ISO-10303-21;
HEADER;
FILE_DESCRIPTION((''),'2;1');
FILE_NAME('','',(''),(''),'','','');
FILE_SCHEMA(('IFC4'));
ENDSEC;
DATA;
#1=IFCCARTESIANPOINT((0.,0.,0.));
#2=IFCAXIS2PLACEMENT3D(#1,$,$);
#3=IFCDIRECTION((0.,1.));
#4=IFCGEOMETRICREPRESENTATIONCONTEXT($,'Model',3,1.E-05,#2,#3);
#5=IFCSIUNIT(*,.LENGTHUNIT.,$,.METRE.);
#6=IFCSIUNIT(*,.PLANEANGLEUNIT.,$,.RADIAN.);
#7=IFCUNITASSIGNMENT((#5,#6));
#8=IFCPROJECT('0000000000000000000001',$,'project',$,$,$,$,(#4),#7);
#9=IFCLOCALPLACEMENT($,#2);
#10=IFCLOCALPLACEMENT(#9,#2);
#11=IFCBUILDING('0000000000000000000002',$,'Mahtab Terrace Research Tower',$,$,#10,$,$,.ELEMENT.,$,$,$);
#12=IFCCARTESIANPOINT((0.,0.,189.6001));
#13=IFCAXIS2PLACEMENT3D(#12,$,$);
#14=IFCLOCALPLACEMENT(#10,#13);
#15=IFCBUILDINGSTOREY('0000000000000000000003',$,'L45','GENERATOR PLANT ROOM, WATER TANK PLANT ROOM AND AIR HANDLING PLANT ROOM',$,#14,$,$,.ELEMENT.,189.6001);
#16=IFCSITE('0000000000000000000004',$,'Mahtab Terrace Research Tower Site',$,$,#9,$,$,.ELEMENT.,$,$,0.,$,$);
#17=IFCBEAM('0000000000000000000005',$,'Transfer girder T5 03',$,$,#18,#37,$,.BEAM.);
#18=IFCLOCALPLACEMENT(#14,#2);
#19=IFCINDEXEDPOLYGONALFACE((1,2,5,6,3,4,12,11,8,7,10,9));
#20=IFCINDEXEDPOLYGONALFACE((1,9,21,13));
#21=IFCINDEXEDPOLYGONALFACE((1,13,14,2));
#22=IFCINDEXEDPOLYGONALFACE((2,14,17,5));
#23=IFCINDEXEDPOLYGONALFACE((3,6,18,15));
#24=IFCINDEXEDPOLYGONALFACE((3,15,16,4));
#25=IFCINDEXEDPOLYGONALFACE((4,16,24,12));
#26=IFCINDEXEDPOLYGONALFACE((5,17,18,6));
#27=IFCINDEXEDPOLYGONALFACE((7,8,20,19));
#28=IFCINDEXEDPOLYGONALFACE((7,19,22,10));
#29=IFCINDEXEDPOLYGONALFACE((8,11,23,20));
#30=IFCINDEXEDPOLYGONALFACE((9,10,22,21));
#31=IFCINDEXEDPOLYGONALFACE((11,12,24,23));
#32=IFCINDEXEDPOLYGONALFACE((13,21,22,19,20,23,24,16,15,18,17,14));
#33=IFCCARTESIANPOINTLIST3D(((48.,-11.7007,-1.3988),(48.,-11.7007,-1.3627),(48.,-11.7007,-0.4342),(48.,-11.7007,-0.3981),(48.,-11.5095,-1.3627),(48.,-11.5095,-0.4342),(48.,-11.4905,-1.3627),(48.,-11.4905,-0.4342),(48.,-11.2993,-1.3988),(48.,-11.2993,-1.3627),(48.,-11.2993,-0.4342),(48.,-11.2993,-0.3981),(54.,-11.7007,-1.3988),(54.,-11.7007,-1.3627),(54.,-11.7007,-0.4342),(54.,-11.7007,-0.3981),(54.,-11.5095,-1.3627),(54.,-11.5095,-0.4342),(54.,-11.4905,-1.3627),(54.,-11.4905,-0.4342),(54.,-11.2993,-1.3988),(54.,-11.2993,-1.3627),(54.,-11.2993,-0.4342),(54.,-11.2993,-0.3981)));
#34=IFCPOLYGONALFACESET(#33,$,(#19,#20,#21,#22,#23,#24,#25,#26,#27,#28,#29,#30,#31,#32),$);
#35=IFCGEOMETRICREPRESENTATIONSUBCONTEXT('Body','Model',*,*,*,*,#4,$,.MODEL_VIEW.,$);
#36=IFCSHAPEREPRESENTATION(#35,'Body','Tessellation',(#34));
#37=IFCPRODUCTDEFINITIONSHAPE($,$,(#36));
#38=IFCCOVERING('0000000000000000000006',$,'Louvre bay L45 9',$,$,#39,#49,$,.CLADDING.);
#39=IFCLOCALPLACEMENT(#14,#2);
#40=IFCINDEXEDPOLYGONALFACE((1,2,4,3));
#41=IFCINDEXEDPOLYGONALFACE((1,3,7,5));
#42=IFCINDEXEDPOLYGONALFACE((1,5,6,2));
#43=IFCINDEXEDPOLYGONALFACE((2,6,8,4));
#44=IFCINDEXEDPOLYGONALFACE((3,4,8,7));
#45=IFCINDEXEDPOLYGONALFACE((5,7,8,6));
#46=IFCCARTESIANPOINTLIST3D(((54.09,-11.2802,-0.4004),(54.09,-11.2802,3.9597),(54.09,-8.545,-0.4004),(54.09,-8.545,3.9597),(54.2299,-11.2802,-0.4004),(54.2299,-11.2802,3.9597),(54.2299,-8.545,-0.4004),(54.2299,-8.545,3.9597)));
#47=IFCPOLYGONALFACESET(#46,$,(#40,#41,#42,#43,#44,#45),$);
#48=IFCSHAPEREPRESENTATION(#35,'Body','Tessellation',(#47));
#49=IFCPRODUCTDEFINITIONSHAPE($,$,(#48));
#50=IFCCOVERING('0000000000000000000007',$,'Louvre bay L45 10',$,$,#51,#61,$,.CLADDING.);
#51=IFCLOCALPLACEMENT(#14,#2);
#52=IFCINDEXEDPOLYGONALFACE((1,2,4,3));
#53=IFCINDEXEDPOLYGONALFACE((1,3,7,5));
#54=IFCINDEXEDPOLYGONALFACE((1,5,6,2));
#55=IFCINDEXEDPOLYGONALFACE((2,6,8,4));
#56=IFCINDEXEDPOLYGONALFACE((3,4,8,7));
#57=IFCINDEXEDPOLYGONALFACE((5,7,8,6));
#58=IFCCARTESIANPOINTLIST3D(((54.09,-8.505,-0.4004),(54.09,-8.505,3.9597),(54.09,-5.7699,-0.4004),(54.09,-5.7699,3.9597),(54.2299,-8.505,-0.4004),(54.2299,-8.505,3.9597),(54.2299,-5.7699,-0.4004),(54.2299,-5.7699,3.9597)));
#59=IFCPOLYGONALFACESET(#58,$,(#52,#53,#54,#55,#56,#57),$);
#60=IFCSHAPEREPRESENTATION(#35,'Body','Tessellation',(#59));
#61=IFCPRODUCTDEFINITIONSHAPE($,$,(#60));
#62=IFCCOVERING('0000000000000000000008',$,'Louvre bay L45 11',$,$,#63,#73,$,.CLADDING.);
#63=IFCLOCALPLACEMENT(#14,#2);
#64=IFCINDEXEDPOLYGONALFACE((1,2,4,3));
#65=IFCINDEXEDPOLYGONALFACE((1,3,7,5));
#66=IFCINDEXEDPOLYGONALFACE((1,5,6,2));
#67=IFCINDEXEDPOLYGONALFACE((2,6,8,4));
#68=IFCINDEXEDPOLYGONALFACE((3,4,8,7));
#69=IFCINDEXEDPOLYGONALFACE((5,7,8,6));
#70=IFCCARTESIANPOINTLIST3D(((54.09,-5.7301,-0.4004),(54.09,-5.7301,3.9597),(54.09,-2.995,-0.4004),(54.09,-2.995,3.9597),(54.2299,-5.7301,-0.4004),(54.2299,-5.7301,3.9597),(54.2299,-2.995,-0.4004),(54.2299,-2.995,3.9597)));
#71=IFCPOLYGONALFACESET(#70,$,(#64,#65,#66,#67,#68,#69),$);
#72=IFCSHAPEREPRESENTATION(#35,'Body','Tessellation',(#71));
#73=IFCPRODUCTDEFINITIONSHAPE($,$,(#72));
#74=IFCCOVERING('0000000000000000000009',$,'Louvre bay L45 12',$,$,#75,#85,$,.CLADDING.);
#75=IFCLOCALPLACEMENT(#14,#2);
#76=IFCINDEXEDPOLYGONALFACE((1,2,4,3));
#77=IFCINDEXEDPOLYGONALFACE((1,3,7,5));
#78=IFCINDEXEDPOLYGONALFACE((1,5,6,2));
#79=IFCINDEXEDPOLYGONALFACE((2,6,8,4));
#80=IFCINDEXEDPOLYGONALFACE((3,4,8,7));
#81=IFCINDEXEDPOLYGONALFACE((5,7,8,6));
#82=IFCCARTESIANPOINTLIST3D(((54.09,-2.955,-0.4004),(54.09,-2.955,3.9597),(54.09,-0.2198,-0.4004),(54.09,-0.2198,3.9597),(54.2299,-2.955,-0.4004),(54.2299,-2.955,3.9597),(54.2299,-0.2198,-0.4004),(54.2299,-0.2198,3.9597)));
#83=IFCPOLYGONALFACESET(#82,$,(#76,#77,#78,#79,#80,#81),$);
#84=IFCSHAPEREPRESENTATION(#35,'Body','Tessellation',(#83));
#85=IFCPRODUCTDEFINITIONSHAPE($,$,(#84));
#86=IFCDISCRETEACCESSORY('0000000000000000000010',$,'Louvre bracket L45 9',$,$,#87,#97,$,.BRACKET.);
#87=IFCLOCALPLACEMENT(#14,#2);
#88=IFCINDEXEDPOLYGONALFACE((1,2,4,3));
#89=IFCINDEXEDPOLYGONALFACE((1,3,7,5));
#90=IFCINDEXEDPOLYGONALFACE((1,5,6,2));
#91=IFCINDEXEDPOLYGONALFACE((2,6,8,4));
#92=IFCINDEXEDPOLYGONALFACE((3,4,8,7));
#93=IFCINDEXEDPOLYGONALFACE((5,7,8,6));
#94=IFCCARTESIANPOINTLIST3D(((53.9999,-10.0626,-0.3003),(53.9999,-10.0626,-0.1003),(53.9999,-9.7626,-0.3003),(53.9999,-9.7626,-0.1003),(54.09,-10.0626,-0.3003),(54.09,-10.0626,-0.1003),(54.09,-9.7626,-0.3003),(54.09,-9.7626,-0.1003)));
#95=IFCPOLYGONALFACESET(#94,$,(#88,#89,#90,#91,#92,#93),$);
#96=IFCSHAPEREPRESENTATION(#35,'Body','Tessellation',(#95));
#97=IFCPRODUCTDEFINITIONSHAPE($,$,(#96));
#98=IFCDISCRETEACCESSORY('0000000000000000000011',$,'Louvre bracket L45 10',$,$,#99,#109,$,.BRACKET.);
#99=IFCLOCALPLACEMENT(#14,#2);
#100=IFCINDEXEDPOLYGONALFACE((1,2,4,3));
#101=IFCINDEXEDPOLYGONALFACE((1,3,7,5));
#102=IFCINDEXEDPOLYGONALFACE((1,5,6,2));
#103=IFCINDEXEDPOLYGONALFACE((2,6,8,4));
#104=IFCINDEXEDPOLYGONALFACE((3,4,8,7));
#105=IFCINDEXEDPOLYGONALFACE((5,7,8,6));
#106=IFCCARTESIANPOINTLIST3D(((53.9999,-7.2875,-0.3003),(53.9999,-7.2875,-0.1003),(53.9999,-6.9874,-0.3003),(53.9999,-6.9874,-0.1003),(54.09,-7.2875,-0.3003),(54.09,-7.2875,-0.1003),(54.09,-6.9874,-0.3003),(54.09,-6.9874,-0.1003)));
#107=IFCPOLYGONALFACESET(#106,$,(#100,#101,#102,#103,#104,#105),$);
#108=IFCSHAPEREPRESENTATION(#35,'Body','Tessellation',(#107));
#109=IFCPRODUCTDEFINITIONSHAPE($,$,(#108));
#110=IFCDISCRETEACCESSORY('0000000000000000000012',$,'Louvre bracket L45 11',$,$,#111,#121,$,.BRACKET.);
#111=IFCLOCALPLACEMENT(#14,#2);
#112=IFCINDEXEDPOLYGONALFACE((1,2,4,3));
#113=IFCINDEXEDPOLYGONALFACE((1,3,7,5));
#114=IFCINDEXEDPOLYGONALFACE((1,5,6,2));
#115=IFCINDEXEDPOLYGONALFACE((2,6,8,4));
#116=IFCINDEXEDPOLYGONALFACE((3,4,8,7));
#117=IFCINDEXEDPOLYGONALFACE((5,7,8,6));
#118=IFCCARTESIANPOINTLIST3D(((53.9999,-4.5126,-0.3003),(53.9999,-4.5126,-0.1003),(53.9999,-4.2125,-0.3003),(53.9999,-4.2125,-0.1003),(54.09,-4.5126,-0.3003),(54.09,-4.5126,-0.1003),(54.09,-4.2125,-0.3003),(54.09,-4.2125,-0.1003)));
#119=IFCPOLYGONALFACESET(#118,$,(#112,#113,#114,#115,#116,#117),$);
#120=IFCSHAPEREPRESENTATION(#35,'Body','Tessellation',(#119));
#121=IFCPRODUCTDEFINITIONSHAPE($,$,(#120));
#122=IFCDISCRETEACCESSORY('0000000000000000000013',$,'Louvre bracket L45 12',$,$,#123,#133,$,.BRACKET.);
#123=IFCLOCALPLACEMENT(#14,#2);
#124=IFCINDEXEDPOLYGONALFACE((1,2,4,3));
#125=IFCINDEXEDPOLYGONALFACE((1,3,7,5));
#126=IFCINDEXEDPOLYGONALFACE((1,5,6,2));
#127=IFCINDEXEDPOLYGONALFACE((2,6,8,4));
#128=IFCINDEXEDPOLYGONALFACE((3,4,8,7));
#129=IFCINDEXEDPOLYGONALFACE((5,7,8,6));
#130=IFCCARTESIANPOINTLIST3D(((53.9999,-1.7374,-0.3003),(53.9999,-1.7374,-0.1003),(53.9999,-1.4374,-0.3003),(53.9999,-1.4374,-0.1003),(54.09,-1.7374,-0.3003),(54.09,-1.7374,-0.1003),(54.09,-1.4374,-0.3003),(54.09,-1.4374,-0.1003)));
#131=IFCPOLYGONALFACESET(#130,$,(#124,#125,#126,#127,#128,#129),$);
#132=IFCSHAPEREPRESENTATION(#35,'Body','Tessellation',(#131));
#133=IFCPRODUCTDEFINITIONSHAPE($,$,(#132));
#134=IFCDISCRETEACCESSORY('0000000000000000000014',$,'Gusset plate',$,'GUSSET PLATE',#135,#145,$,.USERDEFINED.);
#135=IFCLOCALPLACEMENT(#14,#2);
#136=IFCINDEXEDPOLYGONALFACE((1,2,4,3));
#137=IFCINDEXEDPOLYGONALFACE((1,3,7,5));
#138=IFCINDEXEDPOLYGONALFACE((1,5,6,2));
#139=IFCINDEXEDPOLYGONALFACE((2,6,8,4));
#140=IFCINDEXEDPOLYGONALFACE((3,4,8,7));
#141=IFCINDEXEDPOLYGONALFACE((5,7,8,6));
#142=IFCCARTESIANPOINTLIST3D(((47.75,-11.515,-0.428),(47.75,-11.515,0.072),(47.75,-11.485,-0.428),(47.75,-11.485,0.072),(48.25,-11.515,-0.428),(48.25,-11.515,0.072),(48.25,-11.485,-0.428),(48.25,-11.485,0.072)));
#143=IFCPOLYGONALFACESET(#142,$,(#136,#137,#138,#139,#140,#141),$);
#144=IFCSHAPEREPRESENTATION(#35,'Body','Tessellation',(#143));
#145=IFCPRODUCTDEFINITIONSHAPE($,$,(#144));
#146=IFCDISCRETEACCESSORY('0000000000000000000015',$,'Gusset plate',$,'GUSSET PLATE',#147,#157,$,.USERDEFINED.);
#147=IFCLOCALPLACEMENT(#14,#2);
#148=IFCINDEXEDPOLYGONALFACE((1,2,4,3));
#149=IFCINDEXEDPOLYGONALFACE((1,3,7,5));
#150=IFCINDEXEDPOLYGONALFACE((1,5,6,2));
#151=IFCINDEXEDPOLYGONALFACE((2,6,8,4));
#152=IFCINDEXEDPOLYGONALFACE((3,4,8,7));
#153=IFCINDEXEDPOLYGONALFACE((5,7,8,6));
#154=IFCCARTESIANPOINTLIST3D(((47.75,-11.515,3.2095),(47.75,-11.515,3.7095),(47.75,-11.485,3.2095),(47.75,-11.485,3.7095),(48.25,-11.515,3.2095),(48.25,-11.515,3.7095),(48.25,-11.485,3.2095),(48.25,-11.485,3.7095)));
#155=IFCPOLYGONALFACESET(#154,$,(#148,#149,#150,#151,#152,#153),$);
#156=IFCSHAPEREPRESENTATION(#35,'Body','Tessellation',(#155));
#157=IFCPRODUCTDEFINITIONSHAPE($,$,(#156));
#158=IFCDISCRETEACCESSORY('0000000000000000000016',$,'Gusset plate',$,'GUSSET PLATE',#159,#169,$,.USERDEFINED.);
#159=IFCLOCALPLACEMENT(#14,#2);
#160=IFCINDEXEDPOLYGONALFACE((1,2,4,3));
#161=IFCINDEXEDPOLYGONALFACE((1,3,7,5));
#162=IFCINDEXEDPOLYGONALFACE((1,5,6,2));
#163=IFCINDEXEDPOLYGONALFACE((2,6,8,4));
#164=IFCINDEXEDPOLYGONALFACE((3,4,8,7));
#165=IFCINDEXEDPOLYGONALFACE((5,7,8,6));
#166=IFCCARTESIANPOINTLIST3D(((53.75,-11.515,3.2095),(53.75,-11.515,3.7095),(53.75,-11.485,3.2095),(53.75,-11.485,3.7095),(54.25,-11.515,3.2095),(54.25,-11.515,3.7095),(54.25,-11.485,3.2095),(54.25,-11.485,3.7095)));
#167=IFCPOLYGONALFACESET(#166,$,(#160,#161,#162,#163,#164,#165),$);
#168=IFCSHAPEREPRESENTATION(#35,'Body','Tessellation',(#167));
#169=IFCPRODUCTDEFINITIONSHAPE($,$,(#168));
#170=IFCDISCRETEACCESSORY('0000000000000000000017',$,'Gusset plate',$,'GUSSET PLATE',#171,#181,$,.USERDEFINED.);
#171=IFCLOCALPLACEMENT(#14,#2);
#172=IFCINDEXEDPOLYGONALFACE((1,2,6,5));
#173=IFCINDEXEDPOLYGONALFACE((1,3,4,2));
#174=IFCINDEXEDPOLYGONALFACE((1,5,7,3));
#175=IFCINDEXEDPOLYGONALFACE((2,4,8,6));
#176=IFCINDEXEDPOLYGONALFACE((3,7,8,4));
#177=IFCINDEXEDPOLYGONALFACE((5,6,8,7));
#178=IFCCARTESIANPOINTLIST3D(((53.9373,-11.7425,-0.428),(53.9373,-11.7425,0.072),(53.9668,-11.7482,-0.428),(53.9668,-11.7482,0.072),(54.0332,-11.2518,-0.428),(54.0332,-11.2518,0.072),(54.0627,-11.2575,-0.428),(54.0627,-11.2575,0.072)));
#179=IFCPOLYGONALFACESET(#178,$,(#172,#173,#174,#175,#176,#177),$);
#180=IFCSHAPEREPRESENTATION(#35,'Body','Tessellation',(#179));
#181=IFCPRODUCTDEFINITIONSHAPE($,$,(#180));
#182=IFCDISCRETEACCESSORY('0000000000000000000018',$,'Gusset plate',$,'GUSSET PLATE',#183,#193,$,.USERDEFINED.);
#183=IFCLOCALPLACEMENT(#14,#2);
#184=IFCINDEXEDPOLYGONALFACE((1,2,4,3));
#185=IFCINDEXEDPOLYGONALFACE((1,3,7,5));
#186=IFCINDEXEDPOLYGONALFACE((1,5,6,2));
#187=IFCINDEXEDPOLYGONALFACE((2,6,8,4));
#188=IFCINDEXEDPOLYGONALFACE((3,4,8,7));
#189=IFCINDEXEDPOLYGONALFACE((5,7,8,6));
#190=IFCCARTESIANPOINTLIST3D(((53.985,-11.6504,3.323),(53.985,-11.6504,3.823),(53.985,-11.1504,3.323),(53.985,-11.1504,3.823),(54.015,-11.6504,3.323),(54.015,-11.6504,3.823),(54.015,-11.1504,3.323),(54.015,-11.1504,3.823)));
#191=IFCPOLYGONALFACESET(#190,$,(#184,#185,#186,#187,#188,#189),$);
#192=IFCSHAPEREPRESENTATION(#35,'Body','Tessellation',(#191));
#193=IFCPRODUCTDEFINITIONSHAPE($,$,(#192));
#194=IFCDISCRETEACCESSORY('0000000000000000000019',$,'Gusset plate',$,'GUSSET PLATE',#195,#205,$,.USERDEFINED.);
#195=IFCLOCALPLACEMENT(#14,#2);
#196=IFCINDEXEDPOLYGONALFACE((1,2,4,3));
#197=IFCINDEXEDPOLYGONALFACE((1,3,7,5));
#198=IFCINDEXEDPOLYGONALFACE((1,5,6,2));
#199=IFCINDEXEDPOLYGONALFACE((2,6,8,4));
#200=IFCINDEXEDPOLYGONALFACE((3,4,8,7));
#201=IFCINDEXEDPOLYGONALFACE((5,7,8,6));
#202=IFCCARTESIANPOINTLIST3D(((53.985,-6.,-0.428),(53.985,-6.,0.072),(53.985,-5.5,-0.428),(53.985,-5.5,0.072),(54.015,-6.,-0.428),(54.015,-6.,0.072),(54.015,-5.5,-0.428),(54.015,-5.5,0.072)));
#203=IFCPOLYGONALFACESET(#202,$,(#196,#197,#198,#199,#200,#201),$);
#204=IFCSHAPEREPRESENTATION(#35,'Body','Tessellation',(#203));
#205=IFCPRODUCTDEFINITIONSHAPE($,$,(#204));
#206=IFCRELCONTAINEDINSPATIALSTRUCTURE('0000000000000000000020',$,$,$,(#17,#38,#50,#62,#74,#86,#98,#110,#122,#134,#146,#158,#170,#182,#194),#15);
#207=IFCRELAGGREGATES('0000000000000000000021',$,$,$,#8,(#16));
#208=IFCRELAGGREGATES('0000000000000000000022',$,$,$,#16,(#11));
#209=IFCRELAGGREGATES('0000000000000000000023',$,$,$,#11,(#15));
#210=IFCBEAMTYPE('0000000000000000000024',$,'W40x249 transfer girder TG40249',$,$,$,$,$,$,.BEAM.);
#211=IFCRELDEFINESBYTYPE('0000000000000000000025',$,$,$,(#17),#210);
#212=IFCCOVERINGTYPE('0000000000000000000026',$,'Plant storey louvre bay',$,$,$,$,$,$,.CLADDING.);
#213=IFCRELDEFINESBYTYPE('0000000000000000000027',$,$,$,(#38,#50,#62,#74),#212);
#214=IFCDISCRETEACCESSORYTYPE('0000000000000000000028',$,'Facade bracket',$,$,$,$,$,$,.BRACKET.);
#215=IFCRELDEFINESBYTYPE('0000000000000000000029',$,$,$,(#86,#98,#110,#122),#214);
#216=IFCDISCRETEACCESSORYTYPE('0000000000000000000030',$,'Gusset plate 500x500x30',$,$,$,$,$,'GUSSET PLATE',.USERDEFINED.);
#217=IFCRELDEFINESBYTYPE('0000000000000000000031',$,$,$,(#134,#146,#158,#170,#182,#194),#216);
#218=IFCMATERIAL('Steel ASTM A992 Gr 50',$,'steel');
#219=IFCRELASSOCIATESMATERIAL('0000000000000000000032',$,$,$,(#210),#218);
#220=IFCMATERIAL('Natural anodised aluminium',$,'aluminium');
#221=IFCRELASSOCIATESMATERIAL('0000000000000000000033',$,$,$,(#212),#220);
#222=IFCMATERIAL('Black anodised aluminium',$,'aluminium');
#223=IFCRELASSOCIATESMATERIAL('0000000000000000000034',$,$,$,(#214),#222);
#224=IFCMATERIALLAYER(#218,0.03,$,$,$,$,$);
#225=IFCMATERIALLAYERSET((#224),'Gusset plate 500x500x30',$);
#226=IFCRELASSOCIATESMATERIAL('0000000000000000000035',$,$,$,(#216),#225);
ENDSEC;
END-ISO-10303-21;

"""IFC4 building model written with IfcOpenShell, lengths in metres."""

from ifc_helpers import new_model, si_unit, direction, frame, origin, origin_2d, place, context, subcontext, project, spatial, rectangle, i_section, extrude, material, layer, layer_set, material_profile, profile_set, type_object, element, save


model = new_model("IFC4")

# Units and contexts
model_context = context("Model", 3, precision=1e-05, world=origin(), true_north=direction((0.0, 1.0)))
body_context = subcontext(model_context, "Body", "Model", "MODEL_VIEW")
ifc_project = project(units=[si_unit("LENGTHUNIT", "METRE"), si_unit("PLANEANGLEUNIT", "RADIAN")], contexts=[model_context])

# Site, building, storey
site_placement = place(None, origin())
site = spatial("IfcSite", under=ifc_project, at=site_placement, Name="Mahtab Terrace Research Tower Site", CompositionType="ELEMENT", RefElevation=0.0)
building_placement = place(site_placement, origin())
building = spatial("IfcBuilding", under=site, at=building_placement, Name="Mahtab Terrace Research Tower", CompositionType="ELEMENT")
storey_placement = place(building_placement, frame((0.0, 0.0, 189.6001)))
storey = spatial("IfcBuildingStorey", under=building, at=storey_placement, Name="L45", Description="GENERATOR PLANT ROOM, WATER TANK PLANT ROOM AND AIR HANDLING PLANT ROOM", CompositionType="ELEMENT", Elevation=189.6001)

# Shared definitions
ifc_material_1 = material(Name="Steel ASTM A992 Gr 50", Category="steel")

# Beam
ifc_material_profile_1 = material_profile(ifc_material_1, i_section(OverallWidth=0.4014, OverallDepth=1.0007, WebThickness=0.019, FlangeThickness=0.0361, at=origin_2d()), Name="W40X249")
ifc_profile_set_1 = profile_set([ifc_material_profile_1], Name="Steel ASTM A992 Gr 50")
beam_type = type_object("IfcBeamType", Name="W40x249 transfer girder TG40249", PredefinedType="BEAM", material=ifc_profile_set_1)
beam_placement = place(storey_placement, frame((48.0, -11.5, -0.8984), z_axis=(1.0, 0.0, 0.0), x_axis=(0.0, 1.0, 0.0)))
element("IfcBeam", 1, at=beam_placement, inside=storey, type_object=beam_type, Name="Transfer girder T5 03", PredefinedType="BEAM", context=body_context, shape_type="SweptSolid", body=[
    extrude(i_section(OverallWidth=0.4014, OverallDepth=1.0007, WebThickness=0.019, FlangeThickness=0.0361, at=origin_2d()), origin(), (0.0, 0.0, 1.0), 6.0),
])

# Coverings
ifc_material_2 = material(Name="Natural anodised aluminium", Category="aluminium")
covering_type = type_object("IfcCoveringType", Name="Plant storey louvre bay", PredefinedType="CLADDING", material=ifc_material_2)
for number, where, z_axis, x_axis, name in (
    (2, (54.1599, -9.9126, -0.4004), (0.0, 0.0, 1.0), (0.0, 1.0, 0.0), "Louvre bay L45 9"),
    (3, (54.1599, -7.1375, -0.4004), (0.0, 0.0, 1.0), (0.0, 1.0, 0.0), "Louvre bay L45 10"),
    (4, (54.1599, -4.3625, -0.4004), (0.0, 0.0, 1.0), (0.0, 1.0, 0.0), "Louvre bay L45 11"),
    (5, (54.1599, -1.5874, -0.4004), (0.0, 0.0, 1.0), (0.0, 1.0, 0.0), "Louvre bay L45 12"),
):
    element("IfcCovering", number, at=place(storey_placement, frame(where, z_axis=z_axis, x_axis=x_axis)), inside=storey, type_object=covering_type, Name=name, PredefinedType="CLADDING", context=body_context, shape_type="SweptSolid", body=[
        extrude(rectangle(XDim=2.7351, YDim=0.1399, at=origin_2d()), origin(), (0.0, 0.0, 1.0), 4.3601),
    ])

# Discrete accessories
ifc_material_3 = material(Name="Black anodised aluminium", Category="aluminium")
discrete_accessory_type_1 = type_object("IfcDiscreteAccessoryType", Name="Facade bracket", PredefinedType="BRACKET", material=ifc_material_3)
for number, where, z_axis, x_axis, name in (
    (6, (54.0449, -9.9126, -0.3003), (0.0, 0.0, 1.0), (0.0, 1.0, 0.0), "Louvre bracket L45 9"),
    (7, (54.0449, -7.1375, -0.3003), (0.0, 0.0, 1.0), (0.0, 1.0, 0.0), "Louvre bracket L45 10"),
    (8, (54.0449, -4.3625, -0.3003), (0.0, 0.0, 1.0), (0.0, 1.0, 0.0), "Louvre bracket L45 11"),
    (9, (54.0449, -1.5874, -0.3003), (0.0, 0.0, 1.0), (0.0, 1.0, 0.0), "Louvre bracket L45 12"),
):
    element("IfcDiscreteAccessory", number, at=place(storey_placement, frame(where, z_axis=z_axis, x_axis=x_axis)), inside=storey, type_object=discrete_accessory_type_1, Name=name, PredefinedType="BRACKET", context=body_context, shape_type="SweptSolid", body=[
        extrude(rectangle(XDim=0.3, YDim=0.0901, at=origin_2d()), origin(), (0.0, 0.0, 1.0), 0.2),
    ])
ifc_layer = layer(ifc_material_1, 0.03)
ifc_layer_set = layer_set([ifc_layer], Name="Gusset plate 500x500x30")
discrete_accessory_type_2 = type_object("IfcDiscreteAccessoryType", Name="Gusset plate 500x500x30", ElementType="GUSSET PLATE", PredefinedType="USERDEFINED", material=ifc_layer_set)
for number, where, z_axis, x_axis, name in (
    (10, (48.0, -11.5, -0.428), (0.0, 0.0, 1.0), (1.0, 0.0, 0.0), "Gusset plate"),
    (11, (48.0, -11.5, 3.2095), (0.0, 0.0, 1.0), (1.0, 0.0, 0.0), "Gusset plate"),
    (12, (54.0, -11.5, 3.2095), (0.0, 0.0, 1.0), (1.0, 0.0, 0.0), "Gusset plate"),
    (13, (54.0, -11.5, -0.428), (0.0, 0.0, 1.0), (0.19182, 0.98143, 0.0), "Gusset plate"),
    (14, (54.0, -11.4004, 3.323), (0.0, 0.0, 1.0), (0.0, 1.0, 0.0), "Gusset plate"),
    (15, (54.0, -5.75, -0.428), (0.0, 0.0, 1.0), (0.0, 1.0, 0.0), "Gusset plate"),
):
    element("IfcDiscreteAccessory", number, at=place(storey_placement, frame(where, z_axis=z_axis, x_axis=x_axis)), inside=storey, type_object=discrete_accessory_type_2, Name=name, ObjectType="GUSSET PLATE", PredefinedType="USERDEFINED", context=body_context, shape_type="SweptSolid", body=[
        extrude(rectangle(XDim=0.5, YDim=0.03, at=origin_2d()), origin(), (0.0, 0.0, 1.0), 0.5),
    ])

save(model, "model.ifc")
